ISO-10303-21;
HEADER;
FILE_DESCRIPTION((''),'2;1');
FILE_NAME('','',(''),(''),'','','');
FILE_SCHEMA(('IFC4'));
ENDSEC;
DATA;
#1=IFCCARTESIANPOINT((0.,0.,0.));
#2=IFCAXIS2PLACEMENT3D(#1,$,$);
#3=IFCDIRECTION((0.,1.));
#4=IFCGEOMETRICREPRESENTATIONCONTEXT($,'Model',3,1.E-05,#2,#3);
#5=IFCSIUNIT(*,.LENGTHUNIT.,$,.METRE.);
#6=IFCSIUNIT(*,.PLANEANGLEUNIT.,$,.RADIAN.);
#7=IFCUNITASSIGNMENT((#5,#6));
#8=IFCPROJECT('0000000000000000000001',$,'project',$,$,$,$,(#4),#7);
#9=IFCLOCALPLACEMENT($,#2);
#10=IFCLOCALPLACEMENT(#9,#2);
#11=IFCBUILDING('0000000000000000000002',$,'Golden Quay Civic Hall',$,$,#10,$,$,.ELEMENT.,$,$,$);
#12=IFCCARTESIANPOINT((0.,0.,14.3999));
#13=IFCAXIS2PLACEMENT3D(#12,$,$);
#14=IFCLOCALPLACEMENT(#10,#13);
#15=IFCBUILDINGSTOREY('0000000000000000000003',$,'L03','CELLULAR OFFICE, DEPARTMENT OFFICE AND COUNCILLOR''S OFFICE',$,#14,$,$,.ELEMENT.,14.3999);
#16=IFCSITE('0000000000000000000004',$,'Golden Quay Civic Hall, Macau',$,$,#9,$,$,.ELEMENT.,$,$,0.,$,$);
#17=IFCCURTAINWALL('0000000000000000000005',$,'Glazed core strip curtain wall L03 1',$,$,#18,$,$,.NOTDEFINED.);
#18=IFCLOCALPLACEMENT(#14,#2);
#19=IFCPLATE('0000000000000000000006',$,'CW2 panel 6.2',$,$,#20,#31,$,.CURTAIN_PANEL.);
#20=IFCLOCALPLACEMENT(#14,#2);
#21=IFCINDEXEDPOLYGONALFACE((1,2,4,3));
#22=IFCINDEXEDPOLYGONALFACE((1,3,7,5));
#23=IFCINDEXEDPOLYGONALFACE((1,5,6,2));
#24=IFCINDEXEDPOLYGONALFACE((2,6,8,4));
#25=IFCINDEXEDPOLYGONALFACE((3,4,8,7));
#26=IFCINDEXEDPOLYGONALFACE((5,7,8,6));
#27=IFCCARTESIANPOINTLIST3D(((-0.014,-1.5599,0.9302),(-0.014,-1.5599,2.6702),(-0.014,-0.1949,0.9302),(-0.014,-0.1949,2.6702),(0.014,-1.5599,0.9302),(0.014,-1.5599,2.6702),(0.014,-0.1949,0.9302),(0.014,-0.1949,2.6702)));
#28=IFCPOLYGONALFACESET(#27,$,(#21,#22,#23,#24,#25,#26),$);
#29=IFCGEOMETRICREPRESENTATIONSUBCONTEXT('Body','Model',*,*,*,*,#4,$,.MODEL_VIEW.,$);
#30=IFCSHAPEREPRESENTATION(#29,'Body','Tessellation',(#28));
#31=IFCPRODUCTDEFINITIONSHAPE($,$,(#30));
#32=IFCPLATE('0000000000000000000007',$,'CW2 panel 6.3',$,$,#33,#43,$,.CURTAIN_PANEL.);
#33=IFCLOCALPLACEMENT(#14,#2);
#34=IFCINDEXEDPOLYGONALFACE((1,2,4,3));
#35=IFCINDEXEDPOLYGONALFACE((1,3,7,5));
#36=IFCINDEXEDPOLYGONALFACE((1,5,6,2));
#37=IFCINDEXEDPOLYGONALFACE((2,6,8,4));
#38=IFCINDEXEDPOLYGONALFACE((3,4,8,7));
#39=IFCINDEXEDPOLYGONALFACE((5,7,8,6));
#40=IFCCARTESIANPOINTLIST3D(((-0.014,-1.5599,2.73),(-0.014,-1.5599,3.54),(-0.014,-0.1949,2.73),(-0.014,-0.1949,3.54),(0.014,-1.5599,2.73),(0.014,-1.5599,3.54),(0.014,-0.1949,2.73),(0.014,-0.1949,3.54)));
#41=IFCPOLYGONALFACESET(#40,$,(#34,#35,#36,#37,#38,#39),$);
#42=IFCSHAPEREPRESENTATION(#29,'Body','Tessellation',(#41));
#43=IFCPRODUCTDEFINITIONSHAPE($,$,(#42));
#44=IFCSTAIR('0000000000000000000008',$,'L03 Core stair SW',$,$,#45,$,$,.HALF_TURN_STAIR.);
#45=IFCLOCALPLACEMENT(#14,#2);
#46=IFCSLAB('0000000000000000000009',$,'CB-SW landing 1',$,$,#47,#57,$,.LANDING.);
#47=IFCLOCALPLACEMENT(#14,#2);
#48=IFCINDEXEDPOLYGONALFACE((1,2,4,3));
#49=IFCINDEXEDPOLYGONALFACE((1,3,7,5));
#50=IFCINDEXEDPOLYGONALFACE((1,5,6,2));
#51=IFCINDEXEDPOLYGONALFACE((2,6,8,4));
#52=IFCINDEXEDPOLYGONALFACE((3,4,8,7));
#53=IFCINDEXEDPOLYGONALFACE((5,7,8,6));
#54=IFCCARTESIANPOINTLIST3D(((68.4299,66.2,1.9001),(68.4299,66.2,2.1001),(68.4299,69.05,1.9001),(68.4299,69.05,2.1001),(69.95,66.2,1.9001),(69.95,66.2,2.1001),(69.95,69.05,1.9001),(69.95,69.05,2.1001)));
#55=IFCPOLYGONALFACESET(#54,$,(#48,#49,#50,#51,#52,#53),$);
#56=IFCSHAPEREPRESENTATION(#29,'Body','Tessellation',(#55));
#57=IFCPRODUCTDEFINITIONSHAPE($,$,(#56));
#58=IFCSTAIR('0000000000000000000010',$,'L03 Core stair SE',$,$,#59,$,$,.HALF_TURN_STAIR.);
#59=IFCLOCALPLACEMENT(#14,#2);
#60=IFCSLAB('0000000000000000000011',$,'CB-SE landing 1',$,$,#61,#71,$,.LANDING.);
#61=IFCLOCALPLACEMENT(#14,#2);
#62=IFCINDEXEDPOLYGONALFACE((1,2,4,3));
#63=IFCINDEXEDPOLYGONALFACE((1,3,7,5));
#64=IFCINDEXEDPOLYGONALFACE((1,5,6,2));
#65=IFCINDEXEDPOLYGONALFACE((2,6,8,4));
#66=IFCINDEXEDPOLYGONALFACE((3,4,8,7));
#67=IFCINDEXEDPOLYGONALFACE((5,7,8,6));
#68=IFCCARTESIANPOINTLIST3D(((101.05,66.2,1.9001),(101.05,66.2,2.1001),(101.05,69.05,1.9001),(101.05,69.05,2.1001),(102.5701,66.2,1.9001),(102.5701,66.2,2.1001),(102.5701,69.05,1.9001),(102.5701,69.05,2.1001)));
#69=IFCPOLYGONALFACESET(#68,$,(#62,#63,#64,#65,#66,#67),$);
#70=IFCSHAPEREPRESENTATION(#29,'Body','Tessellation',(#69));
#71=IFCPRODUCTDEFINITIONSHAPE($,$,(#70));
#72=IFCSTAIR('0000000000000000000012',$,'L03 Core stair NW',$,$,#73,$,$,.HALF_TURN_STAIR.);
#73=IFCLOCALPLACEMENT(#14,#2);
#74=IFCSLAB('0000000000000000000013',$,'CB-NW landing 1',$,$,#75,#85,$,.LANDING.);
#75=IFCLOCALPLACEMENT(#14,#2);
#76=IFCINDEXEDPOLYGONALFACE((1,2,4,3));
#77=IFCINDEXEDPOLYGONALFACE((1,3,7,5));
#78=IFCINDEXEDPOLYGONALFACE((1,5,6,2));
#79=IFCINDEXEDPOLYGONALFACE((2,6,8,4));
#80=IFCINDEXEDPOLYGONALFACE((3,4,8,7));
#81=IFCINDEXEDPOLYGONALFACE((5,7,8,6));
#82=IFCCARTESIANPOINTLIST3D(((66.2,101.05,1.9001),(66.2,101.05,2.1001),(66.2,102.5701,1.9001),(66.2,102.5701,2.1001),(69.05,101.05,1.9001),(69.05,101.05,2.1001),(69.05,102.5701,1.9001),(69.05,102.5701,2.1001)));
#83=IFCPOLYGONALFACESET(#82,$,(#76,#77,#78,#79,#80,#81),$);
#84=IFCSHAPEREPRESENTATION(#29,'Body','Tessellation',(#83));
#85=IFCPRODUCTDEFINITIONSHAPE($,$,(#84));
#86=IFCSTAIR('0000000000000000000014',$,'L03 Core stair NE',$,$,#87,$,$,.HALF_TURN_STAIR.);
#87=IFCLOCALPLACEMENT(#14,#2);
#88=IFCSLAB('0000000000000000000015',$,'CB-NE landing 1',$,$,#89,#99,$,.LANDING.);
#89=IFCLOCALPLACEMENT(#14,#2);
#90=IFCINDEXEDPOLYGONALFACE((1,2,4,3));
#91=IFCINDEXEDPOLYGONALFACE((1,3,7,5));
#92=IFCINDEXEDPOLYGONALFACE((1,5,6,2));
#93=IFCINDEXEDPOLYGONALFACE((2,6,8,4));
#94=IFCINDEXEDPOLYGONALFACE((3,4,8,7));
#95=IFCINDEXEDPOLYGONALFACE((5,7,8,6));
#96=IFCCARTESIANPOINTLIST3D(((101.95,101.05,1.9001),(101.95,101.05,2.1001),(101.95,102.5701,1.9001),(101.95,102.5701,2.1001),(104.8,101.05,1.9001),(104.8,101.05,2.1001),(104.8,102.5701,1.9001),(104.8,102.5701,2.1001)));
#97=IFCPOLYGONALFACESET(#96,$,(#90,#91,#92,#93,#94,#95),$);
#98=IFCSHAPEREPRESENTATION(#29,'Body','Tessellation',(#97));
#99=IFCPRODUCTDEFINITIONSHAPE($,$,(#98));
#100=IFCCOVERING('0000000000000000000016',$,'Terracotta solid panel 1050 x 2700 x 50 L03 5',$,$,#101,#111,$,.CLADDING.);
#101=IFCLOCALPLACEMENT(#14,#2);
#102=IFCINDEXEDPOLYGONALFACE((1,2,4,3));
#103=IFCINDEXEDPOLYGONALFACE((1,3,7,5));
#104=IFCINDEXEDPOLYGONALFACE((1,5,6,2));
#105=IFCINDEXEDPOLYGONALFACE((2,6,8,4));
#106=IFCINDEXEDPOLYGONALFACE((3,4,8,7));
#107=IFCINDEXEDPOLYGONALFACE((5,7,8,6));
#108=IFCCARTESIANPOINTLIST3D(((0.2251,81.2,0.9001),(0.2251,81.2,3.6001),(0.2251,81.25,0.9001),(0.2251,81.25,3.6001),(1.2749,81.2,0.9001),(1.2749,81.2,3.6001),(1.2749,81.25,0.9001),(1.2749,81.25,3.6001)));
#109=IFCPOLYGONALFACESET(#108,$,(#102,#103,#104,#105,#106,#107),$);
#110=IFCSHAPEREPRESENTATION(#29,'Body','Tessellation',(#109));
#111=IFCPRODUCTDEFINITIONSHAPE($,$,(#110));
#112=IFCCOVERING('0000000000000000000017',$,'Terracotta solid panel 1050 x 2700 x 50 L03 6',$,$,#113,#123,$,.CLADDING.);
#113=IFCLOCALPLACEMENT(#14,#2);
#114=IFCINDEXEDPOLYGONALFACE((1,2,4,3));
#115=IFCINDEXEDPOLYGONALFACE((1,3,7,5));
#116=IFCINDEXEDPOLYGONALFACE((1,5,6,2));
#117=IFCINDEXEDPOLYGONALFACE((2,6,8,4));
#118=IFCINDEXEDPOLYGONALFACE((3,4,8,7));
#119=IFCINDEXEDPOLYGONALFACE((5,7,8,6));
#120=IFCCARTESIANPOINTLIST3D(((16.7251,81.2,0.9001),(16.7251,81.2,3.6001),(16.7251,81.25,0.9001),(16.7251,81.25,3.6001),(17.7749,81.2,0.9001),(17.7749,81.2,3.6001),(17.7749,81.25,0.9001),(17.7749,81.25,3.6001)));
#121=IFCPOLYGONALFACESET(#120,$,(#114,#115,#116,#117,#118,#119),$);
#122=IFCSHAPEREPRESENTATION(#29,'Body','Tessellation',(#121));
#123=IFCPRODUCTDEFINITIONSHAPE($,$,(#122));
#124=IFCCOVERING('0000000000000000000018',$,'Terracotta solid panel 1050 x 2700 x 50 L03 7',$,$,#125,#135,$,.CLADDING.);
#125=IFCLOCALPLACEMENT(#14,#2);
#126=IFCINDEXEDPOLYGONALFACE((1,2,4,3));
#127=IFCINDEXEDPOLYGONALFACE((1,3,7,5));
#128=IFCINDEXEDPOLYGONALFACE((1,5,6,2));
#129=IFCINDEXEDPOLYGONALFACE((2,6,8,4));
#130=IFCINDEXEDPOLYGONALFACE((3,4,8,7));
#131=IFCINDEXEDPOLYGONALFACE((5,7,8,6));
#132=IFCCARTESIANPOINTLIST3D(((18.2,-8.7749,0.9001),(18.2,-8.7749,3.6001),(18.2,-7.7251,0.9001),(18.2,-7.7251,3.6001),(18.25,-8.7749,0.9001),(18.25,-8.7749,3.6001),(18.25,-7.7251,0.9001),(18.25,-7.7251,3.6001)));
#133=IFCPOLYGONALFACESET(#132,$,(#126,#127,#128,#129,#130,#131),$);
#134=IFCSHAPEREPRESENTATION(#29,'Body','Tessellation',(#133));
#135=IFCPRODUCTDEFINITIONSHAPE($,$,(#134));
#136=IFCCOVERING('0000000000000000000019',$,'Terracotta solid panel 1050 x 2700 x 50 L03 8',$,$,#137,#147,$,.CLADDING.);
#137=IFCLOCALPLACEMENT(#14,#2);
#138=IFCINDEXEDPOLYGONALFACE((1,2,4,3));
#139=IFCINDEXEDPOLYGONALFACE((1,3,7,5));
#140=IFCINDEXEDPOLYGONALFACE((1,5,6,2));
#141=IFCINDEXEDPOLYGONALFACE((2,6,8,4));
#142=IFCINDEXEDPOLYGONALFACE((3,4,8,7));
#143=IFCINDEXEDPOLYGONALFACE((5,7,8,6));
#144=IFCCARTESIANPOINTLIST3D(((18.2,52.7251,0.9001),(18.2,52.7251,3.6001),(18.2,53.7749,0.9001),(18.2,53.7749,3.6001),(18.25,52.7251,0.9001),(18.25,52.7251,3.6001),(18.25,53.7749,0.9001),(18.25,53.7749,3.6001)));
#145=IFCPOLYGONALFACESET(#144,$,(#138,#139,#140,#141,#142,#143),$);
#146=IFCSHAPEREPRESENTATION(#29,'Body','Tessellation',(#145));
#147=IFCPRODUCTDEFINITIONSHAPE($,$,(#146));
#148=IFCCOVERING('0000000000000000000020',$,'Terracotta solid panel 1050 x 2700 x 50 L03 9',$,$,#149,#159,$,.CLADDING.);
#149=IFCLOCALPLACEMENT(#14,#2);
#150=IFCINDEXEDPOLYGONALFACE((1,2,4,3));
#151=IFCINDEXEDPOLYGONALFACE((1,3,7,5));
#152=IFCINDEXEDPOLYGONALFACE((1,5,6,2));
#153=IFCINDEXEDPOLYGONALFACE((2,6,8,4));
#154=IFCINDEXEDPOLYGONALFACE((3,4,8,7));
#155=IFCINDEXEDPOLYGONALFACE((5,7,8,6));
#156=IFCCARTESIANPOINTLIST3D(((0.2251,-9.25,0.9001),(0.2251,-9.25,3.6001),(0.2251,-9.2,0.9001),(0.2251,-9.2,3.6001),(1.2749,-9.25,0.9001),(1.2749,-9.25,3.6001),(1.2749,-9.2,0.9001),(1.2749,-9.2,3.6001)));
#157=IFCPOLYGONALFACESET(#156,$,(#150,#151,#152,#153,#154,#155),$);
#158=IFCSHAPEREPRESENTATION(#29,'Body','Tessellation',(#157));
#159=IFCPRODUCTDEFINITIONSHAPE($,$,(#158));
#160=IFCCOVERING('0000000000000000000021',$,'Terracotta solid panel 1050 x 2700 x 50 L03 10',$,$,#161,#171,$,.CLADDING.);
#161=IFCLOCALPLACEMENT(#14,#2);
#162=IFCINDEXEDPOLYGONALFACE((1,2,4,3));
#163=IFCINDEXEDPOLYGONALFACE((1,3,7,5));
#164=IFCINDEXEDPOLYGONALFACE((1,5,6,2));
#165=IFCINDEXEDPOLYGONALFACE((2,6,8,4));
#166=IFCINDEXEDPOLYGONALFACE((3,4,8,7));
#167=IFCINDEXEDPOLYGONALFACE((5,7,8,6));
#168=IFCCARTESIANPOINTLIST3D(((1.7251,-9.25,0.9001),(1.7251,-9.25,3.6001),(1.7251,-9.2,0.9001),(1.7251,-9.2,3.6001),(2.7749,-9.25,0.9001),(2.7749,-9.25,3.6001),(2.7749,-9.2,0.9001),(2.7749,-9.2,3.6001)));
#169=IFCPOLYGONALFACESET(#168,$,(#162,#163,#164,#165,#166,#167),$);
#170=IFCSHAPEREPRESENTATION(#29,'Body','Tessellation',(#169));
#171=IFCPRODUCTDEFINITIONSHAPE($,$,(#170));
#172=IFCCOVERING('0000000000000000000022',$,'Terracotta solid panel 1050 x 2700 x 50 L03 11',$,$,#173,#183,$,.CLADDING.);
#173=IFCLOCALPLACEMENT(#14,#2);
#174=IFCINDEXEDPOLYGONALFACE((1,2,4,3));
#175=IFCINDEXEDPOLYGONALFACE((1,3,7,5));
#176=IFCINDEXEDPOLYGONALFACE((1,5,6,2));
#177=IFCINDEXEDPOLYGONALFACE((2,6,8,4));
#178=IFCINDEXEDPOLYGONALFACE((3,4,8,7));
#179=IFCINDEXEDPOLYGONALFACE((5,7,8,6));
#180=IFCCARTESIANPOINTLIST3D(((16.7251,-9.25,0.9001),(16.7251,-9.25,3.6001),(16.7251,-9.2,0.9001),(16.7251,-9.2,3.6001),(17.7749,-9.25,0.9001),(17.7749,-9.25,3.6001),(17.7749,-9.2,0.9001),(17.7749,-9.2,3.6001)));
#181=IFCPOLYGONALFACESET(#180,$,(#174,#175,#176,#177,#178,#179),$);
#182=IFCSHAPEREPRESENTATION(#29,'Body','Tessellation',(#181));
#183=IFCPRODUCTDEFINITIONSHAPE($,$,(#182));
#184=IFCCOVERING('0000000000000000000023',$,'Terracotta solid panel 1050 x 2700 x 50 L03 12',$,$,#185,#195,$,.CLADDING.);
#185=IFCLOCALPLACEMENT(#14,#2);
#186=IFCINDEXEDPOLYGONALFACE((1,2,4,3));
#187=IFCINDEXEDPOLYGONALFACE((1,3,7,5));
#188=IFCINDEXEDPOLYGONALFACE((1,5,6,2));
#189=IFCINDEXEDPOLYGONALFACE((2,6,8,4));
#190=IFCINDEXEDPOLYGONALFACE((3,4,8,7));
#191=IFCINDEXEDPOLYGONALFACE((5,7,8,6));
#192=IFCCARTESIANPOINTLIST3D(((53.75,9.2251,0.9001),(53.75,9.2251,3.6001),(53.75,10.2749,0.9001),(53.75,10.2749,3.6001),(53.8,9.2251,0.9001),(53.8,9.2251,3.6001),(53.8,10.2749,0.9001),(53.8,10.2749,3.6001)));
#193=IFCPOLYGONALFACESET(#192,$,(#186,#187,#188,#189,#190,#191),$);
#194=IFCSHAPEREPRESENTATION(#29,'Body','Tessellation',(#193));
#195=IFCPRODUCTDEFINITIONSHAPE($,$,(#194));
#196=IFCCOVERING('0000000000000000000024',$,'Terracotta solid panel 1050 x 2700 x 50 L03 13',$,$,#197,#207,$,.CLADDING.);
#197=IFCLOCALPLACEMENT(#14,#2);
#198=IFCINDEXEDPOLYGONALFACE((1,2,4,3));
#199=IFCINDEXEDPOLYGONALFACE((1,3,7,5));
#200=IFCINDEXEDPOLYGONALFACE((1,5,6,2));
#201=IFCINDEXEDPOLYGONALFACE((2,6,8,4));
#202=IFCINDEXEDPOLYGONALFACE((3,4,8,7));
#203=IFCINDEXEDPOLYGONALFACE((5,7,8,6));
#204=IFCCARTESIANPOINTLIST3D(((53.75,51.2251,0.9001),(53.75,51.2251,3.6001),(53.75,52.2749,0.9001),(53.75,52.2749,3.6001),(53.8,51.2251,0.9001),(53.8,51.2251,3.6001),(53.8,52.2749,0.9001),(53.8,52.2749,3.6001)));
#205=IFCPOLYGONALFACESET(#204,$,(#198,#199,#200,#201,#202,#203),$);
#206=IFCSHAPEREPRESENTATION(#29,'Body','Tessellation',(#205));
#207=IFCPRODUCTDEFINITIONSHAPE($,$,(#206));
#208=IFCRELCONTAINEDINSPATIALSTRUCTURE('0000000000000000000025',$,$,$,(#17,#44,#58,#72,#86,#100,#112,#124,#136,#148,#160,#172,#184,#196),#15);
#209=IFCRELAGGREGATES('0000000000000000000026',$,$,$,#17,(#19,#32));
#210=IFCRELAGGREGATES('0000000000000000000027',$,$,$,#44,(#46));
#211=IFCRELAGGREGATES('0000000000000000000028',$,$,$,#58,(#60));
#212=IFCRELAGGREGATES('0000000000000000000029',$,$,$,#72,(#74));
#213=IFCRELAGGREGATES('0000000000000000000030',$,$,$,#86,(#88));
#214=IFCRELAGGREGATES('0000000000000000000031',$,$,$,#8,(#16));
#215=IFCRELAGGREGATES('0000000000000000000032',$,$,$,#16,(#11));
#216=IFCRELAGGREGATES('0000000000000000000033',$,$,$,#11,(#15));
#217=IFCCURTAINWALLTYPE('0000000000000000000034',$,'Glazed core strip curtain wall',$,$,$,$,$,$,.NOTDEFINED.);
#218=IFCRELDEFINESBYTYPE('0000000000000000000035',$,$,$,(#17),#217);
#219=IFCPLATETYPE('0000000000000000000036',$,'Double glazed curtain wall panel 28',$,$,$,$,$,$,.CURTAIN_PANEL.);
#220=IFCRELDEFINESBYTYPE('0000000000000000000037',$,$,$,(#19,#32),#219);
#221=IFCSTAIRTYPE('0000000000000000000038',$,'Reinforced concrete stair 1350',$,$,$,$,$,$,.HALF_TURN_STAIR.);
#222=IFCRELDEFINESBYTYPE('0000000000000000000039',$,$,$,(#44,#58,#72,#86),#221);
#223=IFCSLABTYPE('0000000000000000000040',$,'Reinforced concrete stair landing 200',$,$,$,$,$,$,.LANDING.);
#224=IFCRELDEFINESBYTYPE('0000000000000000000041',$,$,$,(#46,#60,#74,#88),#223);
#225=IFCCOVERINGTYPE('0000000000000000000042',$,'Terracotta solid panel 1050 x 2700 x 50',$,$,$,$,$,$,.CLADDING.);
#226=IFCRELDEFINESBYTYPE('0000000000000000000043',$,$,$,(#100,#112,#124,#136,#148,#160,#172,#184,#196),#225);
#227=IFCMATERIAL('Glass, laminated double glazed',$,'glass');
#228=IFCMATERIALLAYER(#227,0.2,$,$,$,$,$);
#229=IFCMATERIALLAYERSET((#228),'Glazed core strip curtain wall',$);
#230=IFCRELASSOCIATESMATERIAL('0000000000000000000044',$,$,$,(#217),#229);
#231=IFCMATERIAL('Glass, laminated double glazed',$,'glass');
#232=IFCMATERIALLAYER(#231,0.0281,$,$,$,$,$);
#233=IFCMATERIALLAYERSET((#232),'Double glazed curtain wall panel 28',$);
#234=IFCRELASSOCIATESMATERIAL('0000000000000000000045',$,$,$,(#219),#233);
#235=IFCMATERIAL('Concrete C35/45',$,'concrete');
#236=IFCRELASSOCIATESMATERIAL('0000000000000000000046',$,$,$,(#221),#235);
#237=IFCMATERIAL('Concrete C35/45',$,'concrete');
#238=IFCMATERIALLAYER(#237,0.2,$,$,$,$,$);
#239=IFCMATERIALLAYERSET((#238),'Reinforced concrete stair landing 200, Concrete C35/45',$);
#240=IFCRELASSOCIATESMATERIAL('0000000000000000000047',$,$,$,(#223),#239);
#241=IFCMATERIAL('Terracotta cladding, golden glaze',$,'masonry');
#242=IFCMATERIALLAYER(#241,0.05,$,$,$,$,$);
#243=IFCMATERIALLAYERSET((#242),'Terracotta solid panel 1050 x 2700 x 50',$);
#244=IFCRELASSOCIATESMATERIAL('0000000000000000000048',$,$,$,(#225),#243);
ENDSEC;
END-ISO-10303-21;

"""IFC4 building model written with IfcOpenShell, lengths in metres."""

from ifc_helpers import new_model, si_unit, direction, frame, origin, origin_2d, place, context, subcontext, project, spatial, polyline, rectangle, outline, extrude, material, layer, layer_set, type_object, element, aggregate, save


model = new_model("IFC4")

# Units and contexts
model_context = context("Model", 3, precision=1e-05, world=origin(), true_north=direction((0.0, 1.0)))
body_context = subcontext(model_context, "Body", "Model", "MODEL_VIEW")
ifc_project = project(units=[si_unit("LENGTHUNIT", "METRE"), si_unit("PLANEANGLEUNIT", "RADIAN")], contexts=[model_context])

# Site, building, storey
site_placement = place(None, origin())
site = spatial("IfcSite", under=ifc_project, at=site_placement, Name="Golden Quay Civic Hall, Macau", CompositionType="ELEMENT", RefElevation=0.0)
building_placement = place(site_placement, origin())
building = spatial("IfcBuilding", under=site, at=building_placement, Name="Golden Quay Civic Hall", CompositionType="ELEMENT")
storey_placement = place(building_placement, frame((0.0, 0.0, 14.3999)))
storey = spatial("IfcBuildingStorey", under=building, at=storey_placement, Name="L03", Description="CELLULAR OFFICE, DEPARTMENT OFFICE AND COUNCILLOR'S OFFICE", CompositionType="ELEMENT", Elevation=14.3999)

# Curtain wall, plates
ifc_material_1 = material(Name="Glass, laminated double glazed", Category="glass")
ifc_layer_1 = layer(ifc_material_1, 0.2)
ifc_layer_set_1 = layer_set([ifc_layer_1], Name="Glazed core strip curtain wall")
curtain_wall_type = type_object("IfcCurtainWallType", Name="Glazed core strip curtain wall", PredefinedType="NOTDEFINED", material=ifc_layer_set_1)
curtain_wall_placement = place(storey_placement, origin())
curtain_wall = element("IfcCurtainWall", 1, at=curtain_wall_placement, inside=storey, type_object=curtain_wall_type, Name="Glazed core strip curtain wall L03 1", PredefinedType="NOTDEFINED")
ifc_material_2 = material(Name="Glass, laminated double glazed", Category="glass")
ifc_layer_2 = layer(ifc_material_2, 0.0281)
ifc_layer_set_2 = layer_set([ifc_layer_2], Name="Double glazed curtain wall panel 28")
plate_type = type_object("IfcPlateType", Name="Double glazed curtain wall panel 28", PredefinedType="CURTAIN_PANEL", material=ifc_layer_set_2)
plate_1_placement = place(storey_placement, frame((0.0, -0.8774, 0.9302), z_axis=(0.0, 0.0, 1.0), x_axis=(0.0, 1.0, 0.0)))
plate_1 = element("IfcPlate", 2, at=plate_1_placement, type_object=plate_type, Name="CW2 panel 6.2", PredefinedType="CURTAIN_PANEL", context=body_context, shape_type="SweptSolid", body=[
    extrude(rectangle(XDim=1.365, YDim=0.0281, at=origin_2d()), origin(), (0.0, 0.0, 1.0), 1.74),
])
plate_2_placement = place(storey_placement, frame((0.0, -0.8774, 2.73), z_axis=(0.0, 0.0, 1.0), x_axis=(0.0, 1.0, 0.0)))
plate_2 = element("IfcPlate", 3, at=plate_2_placement, type_object=plate_type, Name="CW2 panel 6.3", PredefinedType="CURTAIN_PANEL", context=body_context, shape_type="SweptSolid", body=[
    extrude(rectangle(XDim=1.365, YDim=0.0281, at=origin_2d()), origin(), (0.0, 0.0, 1.0), 0.8101),
])
aggregate(curtain_wall, [plate_1, plate_2])

# Stairs, slabs
ifc_material_3 = material(Name="Concrete C35/45", Category="concrete")
stair_type = type_object("IfcStairType", Name="Reinforced concrete stair 1350", PredefinedType="HALF_TURN_STAIR", material=ifc_material_3)
stair_1_placement = place(storey_placement, origin())
stair_1 = element("IfcStair", 4, at=stair_1_placement, inside=storey, type_object=stair_type, Name="L03 Core stair SW", PredefinedType="HALF_TURN_STAIR")
ifc_material_4 = material(Name="Concrete C35/45", Category="concrete")
ifc_layer_3 = layer(ifc_material_4, 0.2)
ifc_layer_set_3 = layer_set([ifc_layer_3], Name="Reinforced concrete stair landing 200, Concrete C35/45")
slab_type = type_object("IfcSlabType", Name="Reinforced concrete stair landing 200", PredefinedType="LANDING", material=ifc_layer_set_3)
slab_1_placement = place(storey_placement, frame((0.0, 0.0, 1.9001)))
slab_1 = element("IfcSlab", 5, at=slab_1_placement, type_object=slab_type, Name="CB-SW landing 1", PredefinedType="LANDING", context=body_context, shape_type="SweptSolid", body=[
    extrude(outline(polyline([(68.4299, 66.2), (69.95, 66.2), (69.95, 69.05), (68.4299, 69.05), (68.4299, 66.2)])), origin(), (0.0, 0.0, 1.0), 0.2),
])
aggregate(stair_1, [slab_1])
stair_2_placement = place(storey_placement, origin())
stair_2 = element("IfcStair", 6, at=stair_2_placement, inside=storey, type_object=stair_type, Name="L03 Core stair SE", PredefinedType="HALF_TURN_STAIR")
slab_2_placement = place(storey_placement, frame((0.0, 0.0, 1.9001)))
slab_2 = element("IfcSlab", 7, at=slab_2_placement, type_object=slab_type, Name="CB-SE landing 1", PredefinedType="LANDING", context=body_context, shape_type="SweptSolid", body=[
    extrude(outline(polyline([(102.5701, 69.05), (101.05, 69.05), (101.05, 66.2), (102.5701, 66.2), (102.5701, 69.05)])), origin(), (0.0, 0.0, 1.0), 0.2),
])
aggregate(stair_2, [slab_2])
stair_3_placement = place(storey_placement, origin())
stair_3 = element("IfcStair", 8, at=stair_3_placement, inside=storey, type_object=stair_type, Name="L03 Core stair NW", PredefinedType="HALF_TURN_STAIR")
slab_3_placement = place(storey_placement, frame((0.0, 0.0, 1.9001)))
slab_3 = element("IfcSlab", 9, at=slab_3_placement, type_object=slab_type, Name="CB-NW landing 1", PredefinedType="LANDING", context=body_context, shape_type="SweptSolid", body=[
    extrude(outline(polyline([(66.2, 102.5701), (66.2, 101.05), (69.05, 101.05), (69.05, 102.5701), (66.2, 102.5701)])), origin(), (0.0, 0.0, 1.0), 0.2),
])
aggregate(stair_3, [slab_3])
stair_4_placement = place(storey_placement, origin())
stair_4 = element("IfcStair", 10, at=stair_4_placement, inside=storey, type_object=stair_type, Name="L03 Core stair NE", PredefinedType="HALF_TURN_STAIR")
slab_4_placement = place(storey_placement, frame((0.0, 0.0, 1.9001)))
slab_4 = element("IfcSlab", 11, at=slab_4_placement, type_object=slab_type, Name="CB-NE landing 1", PredefinedType="LANDING", context=body_context, shape_type="SweptSolid", body=[
    extrude(outline(polyline([(101.95, 102.5701), (101.95, 101.05), (104.8, 101.05), (104.8, 102.5701), (101.95, 102.5701)])), origin(), (0.0, 0.0, 1.0), 0.2),
])
aggregate(stair_4, [slab_4])

# Coverings
ifc_material_5 = material(Name="Terracotta cladding, golden glaze", Category="masonry")
ifc_layer_4 = layer(ifc_material_5, 0.05)
ifc_layer_set_4 = layer_set([ifc_layer_4], Name="Terracotta solid panel 1050 x 2700 x 50")
covering_type_1 = type_object("IfcCoveringType", Name="Terracotta solid panel 1050 x 2700 x 50", PredefinedType="CLADDING", material=ifc_layer_set_4)
covering_1_placement = place(storey_placement, frame((0.0, 0.0, 0.9001)))
element("IfcCovering", 12, at=covering_1_placement, inside=storey, type_object=covering_type_1, Name="Terracotta solid panel 1050 x 2700 x 50 L03 5", PredefinedType="CLADDING", context=body_context, shape_type="SweptSolid", body=[
    extrude(outline(polyline([(0.2251, 81.2), (1.2749, 81.2), (1.2749, 81.25), (0.2251, 81.25), (0.2251, 81.2)])), origin(), (0.0, 0.0, 1.0), 2.7),
])
covering_2_placement = place(storey_placement, frame((0.0, 0.0, 0.9001)))
element("IfcCovering", 13, at=covering_2_placement, inside=storey, type_object=covering_type_1, Name="Terracotta solid panel 1050 x 2700 x 50 L03 6", PredefinedType="CLADDING", context=body_context, shape_type="SweptSolid", body=[
    extrude(outline(polyline([(16.7251, 81.2), (17.7749, 81.2), (17.7749, 81.25), (16.7251, 81.25), (16.7251, 81.2)])), origin(), (0.0, 0.0, 1.0), 2.7),
])
covering_3_placement = place(storey_placement, frame((0.0, 0.0, 0.9001)))
element("IfcCovering", 14, at=covering_3_placement, inside=storey, type_object=covering_type_1, Name="Terracotta solid panel 1050 x 2700 x 50 L03 7", PredefinedType="CLADDING", context=body_context, shape_type="SweptSolid", body=[
    extrude(outline(polyline([(18.2, -8.7749), (18.2, -7.7251), (18.25, -7.7251), (18.25, -8.7749), (18.2, -8.7749)])), origin(), (0.0, 0.0, 1.0), 2.7),
])
covering_4_placement = place(storey_placement, frame((0.0, 0.0, 0.9001)))
element("IfcCovering", 15, at=covering_4_placement, inside=storey, type_object=covering_type_1, Name="Terracotta solid panel 1050 x 2700 x 50 L03 8", PredefinedType="CLADDING", context=body_context, shape_type="SweptSolid", body=[
    extrude(outline(polyline([(18.2, 52.7251), (18.2, 53.7749), (18.25, 53.7749), (18.25, 52.7251), (18.2, 52.7251)])), origin(), (0.0, 0.0, 1.0), 2.7),
])
covering_5_placement = place(storey_placement, frame((0.0, 0.0, 0.9001)))
element("IfcCovering", 16, at=covering_5_placement, inside=storey, type_object=covering_type_1, Name="Terracotta solid panel 1050 x 2700 x 50 L03 9", PredefinedType="CLADDING", context=body_context, shape_type="SweptSolid", body=[
    extrude(outline(polyline([(0.2251, -9.2), (1.2749, -9.2), (1.2749, -9.25), (0.2251, -9.25), (0.2251, -9.2)])), origin(), (0.0, 0.0, 1.0), 2.7),
])
covering_6_placement = place(storey_placement, frame((0.0, 0.0, 0.9001)))
element("IfcCovering", 17, at=covering_6_placement, inside=storey, type_object=covering_type_1, Name="Terracotta solid panel 1050 x 2700 x 50 L03 10", PredefinedType="CLADDING", context=body_context, shape_type="SweptSolid", body=[
    extrude(outline(polyline([(1.7251, -9.2), (2.7749, -9.2), (2.7749, -9.25), (1.7251, -9.25), (1.7251, -9.2)])), origin(), (0.0, 0.0, 1.0), 2.7),
])
covering_7_placement = place(storey_placement, frame((0.0, 0.0, 0.9001)))
element("IfcCovering", 18, at=covering_7_placement, inside=storey, type_object=covering_type_1, Name="Terracotta solid panel 1050 x 2700 x 50 L03 11", PredefinedType="CLADDING", context=body_context, shape_type="SweptSolid", body=[
    extrude(outline(polyline([(16.7251, -9.2), (17.7749, -9.2), (17.7749, -9.25), (16.7251, -9.25), (16.7251, -9.2)])), origin(), (0.0, 0.0, 1.0), 2.7),
])
covering_8_placement = place(storey_placement, frame((0.0, 0.0, 0.9001)))
element("IfcCovering", 19, at=covering_8_placement, inside=storey, type_object=covering_type_1, Name="Terracotta solid panel 1050 x 2700 x 50 L03 12", PredefinedType="CLADDING", context=body_context, shape_type="SweptSolid", body=[
    extrude(outline(polyline([(53.8, 9.2251), (53.8, 10.2749), (53.75, 10.2749), (53.75, 9.2251), (53.8, 9.2251)])), origin(), (0.0, 0.0, 1.0), 2.7),
])
covering_9_placement = place(storey_placement, frame((0.0, 0.0, 0.9001)))
element("IfcCovering", 20, at=covering_9_placement, inside=storey, type_object=covering_type_1, Name="Terracotta solid panel 1050 x 2700 x 50 L03 13", PredefinedType="CLADDING", context=body_context, shape_type="SweptSolid", body=[
    extrude(outline(polyline([(53.8, 51.2251), (53.8, 52.2749), (53.75, 52.2749), (53.75, 51.2251), (53.8, 51.2251)])), origin(), (0.0, 0.0, 1.0), 2.7),
])

save(model, "model.ifc")
